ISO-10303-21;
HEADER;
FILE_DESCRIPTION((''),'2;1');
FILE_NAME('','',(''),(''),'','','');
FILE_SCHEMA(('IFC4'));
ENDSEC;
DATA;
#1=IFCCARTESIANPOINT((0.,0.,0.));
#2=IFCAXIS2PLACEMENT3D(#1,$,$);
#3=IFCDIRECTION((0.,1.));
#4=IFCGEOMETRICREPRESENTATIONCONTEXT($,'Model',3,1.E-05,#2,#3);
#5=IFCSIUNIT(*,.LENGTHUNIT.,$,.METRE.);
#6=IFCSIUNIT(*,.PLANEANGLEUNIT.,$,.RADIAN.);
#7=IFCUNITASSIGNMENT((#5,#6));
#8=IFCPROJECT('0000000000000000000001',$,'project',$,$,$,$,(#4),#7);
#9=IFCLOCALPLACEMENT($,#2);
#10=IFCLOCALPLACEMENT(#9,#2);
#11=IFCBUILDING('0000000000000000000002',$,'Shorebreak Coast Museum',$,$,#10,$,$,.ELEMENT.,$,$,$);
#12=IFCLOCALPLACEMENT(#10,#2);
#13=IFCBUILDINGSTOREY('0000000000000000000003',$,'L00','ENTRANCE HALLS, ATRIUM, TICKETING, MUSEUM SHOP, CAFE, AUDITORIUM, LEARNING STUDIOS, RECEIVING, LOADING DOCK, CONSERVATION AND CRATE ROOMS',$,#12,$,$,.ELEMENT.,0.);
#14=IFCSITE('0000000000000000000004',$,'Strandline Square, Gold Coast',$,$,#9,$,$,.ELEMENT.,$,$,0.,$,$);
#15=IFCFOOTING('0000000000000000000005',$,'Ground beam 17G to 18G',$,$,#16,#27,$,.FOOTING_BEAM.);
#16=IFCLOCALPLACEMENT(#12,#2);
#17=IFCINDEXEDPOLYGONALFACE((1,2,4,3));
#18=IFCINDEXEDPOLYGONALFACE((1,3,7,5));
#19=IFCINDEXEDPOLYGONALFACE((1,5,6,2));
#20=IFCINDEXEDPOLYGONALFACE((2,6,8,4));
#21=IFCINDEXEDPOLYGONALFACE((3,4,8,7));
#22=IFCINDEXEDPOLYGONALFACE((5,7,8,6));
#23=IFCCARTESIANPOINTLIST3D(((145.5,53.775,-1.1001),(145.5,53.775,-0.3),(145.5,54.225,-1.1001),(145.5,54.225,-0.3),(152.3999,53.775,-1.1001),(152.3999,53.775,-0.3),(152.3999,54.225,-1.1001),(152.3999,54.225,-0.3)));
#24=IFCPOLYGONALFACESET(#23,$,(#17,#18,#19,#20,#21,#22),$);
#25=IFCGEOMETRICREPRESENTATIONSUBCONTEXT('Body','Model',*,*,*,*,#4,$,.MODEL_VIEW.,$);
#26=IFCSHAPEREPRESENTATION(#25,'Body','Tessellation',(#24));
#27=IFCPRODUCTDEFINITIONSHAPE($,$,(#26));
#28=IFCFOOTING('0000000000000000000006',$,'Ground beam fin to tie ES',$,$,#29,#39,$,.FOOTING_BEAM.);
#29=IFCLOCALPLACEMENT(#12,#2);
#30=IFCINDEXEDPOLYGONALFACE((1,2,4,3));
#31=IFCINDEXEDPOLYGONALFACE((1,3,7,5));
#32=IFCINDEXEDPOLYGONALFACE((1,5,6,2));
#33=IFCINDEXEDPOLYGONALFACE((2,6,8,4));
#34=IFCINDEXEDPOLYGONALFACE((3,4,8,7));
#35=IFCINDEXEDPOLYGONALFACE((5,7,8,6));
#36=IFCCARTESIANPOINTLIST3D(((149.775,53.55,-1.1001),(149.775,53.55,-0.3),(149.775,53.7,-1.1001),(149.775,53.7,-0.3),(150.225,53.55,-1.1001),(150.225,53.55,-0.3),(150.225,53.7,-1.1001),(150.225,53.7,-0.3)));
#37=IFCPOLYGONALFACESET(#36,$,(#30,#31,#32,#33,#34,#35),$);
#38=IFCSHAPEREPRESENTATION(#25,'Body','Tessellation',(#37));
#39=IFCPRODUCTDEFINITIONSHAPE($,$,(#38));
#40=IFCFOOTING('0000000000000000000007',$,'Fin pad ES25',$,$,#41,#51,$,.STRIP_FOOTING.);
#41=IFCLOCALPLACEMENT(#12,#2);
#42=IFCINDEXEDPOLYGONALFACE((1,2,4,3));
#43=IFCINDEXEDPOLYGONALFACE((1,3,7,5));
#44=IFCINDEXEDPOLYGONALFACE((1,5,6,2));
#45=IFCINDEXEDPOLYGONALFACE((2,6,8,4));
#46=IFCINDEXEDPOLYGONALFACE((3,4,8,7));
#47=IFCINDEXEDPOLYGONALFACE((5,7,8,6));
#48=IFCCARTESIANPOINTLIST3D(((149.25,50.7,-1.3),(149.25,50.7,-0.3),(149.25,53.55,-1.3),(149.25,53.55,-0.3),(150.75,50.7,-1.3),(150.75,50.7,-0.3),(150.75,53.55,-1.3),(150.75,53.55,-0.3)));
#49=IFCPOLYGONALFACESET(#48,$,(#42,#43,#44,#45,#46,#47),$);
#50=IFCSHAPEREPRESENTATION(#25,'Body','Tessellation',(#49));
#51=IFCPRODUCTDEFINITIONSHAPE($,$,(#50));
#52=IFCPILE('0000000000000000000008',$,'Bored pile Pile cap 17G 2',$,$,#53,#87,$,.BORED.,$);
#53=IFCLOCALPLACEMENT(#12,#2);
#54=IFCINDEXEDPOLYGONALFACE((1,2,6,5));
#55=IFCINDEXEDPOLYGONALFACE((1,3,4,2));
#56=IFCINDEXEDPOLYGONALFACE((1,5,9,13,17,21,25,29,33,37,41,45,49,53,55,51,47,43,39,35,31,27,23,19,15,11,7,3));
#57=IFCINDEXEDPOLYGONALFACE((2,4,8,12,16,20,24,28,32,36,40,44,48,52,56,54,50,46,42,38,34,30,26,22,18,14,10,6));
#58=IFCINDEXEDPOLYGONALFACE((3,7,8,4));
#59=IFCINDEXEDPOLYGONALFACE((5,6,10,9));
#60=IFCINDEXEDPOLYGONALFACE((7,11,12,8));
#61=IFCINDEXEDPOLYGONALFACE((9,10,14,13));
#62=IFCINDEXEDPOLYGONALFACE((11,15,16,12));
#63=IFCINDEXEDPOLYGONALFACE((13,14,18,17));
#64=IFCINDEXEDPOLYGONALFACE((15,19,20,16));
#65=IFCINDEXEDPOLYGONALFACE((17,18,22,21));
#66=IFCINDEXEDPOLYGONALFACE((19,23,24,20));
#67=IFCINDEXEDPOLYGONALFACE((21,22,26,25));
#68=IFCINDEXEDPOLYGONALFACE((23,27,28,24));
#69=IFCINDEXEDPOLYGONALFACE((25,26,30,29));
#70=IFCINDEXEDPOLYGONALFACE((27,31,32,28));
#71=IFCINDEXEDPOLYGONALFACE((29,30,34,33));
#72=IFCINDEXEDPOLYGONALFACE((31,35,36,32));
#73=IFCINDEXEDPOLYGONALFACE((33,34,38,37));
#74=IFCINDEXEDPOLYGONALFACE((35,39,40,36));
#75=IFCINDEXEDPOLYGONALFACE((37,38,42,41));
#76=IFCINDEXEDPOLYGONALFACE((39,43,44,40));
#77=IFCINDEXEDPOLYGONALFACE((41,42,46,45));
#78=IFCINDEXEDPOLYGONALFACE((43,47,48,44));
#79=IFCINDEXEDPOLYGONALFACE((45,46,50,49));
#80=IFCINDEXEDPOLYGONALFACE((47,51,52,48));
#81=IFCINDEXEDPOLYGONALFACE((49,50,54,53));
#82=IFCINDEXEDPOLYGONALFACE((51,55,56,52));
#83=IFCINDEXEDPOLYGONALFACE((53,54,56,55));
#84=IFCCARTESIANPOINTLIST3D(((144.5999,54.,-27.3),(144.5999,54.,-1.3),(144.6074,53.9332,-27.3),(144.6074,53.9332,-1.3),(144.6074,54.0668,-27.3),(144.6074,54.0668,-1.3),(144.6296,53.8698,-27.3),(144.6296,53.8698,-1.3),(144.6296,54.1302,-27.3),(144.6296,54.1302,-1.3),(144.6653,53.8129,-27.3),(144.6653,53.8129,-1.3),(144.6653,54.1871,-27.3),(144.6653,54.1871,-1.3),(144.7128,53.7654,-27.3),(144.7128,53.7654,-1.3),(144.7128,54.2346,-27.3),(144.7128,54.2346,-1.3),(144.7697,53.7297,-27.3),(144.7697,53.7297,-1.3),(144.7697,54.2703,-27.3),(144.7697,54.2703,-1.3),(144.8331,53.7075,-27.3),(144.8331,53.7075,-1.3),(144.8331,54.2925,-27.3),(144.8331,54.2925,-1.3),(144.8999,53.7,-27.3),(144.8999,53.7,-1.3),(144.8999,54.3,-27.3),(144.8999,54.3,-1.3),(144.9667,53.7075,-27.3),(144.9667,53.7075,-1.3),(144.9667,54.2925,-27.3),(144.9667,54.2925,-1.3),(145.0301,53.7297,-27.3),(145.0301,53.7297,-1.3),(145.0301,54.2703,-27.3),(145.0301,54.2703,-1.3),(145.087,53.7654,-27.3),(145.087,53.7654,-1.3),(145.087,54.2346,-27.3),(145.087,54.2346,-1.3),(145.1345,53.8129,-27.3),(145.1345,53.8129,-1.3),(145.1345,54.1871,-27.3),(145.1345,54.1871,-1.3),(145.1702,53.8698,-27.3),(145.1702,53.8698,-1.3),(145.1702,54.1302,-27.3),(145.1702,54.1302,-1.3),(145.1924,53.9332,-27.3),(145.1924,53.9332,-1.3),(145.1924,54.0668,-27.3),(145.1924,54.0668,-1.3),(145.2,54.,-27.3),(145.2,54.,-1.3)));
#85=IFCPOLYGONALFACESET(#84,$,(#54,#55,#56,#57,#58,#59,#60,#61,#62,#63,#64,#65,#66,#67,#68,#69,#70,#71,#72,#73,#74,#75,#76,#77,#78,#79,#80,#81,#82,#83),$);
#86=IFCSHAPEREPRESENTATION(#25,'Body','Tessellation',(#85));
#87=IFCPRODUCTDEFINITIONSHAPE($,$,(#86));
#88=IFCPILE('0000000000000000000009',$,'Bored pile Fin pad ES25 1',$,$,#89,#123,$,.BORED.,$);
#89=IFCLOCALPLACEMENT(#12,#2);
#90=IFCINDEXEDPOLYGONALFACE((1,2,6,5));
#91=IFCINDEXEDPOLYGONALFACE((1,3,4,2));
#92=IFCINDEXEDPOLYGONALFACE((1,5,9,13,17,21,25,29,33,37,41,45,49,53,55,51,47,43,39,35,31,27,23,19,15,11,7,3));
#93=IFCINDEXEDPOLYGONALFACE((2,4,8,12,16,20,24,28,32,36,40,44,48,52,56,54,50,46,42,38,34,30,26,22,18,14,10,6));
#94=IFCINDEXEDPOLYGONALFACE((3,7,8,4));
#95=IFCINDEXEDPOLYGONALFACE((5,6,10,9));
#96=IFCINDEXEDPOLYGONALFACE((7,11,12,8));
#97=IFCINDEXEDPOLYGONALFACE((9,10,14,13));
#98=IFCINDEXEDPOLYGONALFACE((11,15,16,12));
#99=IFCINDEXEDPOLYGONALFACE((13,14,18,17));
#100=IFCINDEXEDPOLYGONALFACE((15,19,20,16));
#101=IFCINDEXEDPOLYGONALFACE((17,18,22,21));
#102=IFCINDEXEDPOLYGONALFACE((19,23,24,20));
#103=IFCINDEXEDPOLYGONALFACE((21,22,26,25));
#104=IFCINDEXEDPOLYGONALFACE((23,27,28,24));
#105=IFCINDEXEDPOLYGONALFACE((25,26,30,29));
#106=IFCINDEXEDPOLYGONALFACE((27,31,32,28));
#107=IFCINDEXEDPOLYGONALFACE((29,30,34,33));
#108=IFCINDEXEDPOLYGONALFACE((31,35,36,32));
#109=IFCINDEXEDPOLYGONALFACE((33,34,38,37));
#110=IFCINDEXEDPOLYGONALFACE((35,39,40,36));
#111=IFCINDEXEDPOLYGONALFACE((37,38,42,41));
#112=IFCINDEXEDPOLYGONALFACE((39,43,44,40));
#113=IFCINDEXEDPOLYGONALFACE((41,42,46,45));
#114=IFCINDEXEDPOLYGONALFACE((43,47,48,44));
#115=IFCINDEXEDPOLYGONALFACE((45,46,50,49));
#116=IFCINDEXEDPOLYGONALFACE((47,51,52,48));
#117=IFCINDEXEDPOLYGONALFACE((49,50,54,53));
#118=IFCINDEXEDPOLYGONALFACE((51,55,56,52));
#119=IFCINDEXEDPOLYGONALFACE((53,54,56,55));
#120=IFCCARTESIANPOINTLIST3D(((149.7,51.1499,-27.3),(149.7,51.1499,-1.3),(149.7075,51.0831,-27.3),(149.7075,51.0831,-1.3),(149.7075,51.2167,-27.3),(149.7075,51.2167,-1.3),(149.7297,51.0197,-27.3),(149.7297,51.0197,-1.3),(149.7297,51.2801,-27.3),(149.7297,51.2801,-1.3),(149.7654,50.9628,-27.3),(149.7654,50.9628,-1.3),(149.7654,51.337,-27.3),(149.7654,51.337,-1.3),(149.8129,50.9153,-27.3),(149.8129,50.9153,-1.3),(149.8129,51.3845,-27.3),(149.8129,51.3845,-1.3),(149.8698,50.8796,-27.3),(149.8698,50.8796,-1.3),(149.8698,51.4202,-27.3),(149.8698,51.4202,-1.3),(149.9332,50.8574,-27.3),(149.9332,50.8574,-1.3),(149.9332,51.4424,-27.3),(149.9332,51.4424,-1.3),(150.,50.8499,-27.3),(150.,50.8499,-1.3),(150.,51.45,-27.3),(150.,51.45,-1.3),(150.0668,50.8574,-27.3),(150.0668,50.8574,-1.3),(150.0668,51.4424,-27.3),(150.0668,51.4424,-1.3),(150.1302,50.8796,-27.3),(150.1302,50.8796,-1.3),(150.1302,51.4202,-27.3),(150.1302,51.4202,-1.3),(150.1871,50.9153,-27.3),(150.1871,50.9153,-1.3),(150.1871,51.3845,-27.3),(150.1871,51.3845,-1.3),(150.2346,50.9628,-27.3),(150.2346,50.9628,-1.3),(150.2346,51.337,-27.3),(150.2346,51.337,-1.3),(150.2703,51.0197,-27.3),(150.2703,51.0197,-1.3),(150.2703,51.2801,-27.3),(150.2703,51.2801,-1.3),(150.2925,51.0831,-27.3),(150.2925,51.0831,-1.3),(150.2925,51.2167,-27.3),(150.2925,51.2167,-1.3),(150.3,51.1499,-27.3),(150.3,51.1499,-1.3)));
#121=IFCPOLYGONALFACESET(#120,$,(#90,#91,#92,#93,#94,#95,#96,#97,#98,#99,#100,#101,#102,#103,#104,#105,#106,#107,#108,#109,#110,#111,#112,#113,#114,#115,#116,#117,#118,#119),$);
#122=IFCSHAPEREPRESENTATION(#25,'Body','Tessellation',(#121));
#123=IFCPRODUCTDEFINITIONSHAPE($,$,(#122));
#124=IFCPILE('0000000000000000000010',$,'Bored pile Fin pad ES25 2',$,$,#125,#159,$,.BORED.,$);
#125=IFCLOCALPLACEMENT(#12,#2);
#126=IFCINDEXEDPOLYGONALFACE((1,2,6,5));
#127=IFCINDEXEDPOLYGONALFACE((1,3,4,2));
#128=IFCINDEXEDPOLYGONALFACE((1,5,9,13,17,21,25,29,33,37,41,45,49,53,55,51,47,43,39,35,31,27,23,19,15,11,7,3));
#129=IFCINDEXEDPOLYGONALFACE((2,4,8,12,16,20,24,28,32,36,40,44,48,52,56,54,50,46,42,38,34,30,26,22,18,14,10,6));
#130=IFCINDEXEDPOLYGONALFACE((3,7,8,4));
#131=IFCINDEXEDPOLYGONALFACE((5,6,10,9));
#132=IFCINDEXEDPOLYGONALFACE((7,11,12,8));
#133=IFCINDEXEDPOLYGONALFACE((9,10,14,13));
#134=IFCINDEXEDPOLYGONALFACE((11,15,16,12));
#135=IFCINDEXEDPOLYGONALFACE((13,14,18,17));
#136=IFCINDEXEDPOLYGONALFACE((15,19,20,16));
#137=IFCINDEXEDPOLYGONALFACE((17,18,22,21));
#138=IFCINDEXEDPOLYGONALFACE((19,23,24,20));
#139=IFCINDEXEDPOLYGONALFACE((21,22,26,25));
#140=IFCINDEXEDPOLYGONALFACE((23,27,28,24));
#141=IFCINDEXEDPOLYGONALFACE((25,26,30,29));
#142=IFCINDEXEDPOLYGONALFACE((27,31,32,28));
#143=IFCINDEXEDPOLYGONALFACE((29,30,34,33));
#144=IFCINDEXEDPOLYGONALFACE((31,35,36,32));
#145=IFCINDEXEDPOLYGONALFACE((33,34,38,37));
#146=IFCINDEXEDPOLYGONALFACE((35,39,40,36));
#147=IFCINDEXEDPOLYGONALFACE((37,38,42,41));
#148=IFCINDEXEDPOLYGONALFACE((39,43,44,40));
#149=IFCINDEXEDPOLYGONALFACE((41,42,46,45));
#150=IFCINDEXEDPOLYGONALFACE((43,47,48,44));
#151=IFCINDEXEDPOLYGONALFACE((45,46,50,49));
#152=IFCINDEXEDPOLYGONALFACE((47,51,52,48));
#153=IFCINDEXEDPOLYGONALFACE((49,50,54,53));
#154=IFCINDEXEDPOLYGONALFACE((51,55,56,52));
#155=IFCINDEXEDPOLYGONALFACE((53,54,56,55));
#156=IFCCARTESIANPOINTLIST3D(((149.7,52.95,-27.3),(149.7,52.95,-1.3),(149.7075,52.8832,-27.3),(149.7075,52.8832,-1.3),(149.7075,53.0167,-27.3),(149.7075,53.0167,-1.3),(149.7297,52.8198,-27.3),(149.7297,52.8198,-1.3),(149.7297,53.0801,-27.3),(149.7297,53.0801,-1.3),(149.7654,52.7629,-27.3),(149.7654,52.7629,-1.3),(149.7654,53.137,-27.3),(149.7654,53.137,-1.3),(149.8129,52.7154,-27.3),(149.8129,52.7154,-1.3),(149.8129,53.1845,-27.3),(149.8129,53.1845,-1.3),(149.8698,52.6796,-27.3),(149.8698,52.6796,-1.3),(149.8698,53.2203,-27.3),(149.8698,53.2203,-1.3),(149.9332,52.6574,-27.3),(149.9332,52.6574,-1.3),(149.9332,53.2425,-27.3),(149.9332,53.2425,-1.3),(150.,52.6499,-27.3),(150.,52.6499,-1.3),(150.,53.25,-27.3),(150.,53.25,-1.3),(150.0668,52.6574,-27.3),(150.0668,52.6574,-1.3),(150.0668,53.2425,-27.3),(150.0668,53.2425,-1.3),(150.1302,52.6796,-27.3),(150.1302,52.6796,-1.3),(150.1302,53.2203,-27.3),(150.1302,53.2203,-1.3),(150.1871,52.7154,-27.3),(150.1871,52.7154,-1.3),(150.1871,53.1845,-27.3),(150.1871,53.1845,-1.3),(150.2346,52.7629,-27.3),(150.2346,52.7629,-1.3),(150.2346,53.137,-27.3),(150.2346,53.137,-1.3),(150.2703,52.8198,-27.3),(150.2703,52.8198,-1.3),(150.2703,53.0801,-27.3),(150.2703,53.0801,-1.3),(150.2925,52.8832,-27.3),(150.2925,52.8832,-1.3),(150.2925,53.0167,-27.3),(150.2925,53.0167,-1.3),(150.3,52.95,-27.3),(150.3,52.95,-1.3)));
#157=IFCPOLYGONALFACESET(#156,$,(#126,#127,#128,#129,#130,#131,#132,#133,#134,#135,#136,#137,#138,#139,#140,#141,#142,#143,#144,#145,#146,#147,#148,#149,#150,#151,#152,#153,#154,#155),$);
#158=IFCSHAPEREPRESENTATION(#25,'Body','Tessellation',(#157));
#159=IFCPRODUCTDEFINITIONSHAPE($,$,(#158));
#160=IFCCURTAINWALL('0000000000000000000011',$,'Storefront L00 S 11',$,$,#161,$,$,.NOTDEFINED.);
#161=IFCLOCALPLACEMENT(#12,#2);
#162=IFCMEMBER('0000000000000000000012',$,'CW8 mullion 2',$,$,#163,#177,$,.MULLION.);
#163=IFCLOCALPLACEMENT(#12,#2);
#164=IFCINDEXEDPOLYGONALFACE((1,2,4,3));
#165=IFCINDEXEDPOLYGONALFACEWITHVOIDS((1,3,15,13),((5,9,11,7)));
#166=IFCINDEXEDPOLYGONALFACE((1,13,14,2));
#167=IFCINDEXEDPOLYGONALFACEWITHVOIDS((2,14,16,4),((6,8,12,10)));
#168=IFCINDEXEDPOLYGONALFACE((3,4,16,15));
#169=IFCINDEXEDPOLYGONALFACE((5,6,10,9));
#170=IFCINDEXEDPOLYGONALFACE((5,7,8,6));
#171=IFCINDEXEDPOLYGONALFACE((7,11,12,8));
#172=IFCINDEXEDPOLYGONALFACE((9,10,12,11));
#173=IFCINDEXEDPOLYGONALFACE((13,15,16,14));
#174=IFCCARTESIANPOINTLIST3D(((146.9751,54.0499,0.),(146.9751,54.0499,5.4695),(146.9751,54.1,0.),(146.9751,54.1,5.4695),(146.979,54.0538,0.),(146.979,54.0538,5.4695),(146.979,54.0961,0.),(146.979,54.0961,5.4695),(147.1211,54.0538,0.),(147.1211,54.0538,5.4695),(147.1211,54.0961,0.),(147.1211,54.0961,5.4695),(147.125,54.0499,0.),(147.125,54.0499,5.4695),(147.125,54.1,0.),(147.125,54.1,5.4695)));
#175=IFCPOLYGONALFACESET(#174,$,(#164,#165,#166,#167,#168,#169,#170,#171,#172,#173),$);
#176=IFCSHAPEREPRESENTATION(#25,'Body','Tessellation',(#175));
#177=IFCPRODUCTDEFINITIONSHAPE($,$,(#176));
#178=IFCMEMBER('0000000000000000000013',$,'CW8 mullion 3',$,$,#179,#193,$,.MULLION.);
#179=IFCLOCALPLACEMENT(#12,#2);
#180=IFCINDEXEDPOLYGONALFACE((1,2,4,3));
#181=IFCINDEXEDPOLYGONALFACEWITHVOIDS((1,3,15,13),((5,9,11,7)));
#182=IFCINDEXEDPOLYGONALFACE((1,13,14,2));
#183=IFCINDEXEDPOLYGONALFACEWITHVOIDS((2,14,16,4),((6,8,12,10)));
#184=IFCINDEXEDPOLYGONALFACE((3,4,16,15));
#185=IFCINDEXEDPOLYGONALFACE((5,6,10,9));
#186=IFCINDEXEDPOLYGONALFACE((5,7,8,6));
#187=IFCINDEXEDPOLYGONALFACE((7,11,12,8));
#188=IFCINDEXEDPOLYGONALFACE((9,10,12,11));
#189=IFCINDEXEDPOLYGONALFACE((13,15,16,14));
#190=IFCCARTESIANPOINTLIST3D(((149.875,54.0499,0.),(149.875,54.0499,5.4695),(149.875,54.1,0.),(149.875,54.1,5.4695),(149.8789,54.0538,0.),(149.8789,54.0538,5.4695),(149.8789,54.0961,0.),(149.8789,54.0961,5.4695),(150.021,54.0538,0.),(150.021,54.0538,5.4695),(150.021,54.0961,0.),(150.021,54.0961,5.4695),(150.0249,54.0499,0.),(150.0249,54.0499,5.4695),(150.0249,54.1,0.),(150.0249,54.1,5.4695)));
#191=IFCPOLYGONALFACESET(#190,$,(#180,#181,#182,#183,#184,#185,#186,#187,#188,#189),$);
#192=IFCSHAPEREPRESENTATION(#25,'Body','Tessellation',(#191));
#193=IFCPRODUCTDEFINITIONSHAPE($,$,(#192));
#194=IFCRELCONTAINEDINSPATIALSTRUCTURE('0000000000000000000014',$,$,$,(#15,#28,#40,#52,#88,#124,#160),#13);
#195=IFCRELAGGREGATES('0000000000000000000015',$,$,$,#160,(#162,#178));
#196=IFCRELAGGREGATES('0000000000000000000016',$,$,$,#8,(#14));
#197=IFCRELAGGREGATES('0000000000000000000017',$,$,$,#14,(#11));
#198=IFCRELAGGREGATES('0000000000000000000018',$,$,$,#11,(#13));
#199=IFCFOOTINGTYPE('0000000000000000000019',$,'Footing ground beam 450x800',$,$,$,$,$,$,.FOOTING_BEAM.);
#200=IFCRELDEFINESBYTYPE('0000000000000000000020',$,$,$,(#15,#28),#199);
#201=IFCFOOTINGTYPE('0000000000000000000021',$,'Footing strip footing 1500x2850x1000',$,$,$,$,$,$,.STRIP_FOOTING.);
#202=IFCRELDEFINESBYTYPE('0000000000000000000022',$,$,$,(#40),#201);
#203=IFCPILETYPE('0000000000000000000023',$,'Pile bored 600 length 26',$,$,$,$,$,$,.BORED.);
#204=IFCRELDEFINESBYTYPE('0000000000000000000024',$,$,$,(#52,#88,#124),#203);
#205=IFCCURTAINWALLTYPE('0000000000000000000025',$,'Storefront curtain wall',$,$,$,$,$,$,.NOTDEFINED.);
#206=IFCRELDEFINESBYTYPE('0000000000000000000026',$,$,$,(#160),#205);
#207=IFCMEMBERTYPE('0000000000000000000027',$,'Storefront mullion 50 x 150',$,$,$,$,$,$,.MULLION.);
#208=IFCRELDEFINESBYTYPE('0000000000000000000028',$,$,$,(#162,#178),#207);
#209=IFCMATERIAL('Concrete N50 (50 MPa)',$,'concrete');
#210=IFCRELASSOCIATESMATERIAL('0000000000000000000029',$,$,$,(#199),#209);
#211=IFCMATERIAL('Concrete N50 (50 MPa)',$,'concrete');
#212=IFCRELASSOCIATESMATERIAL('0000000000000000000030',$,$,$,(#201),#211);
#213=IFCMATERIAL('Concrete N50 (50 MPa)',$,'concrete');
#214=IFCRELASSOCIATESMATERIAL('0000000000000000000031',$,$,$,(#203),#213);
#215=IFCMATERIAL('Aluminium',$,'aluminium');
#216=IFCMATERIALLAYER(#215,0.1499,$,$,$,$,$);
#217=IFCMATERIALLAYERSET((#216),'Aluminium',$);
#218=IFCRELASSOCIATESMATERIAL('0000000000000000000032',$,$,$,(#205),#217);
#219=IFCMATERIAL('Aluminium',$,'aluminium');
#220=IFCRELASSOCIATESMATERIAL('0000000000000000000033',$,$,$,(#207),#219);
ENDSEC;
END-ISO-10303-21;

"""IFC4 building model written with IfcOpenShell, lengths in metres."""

from ifc_helpers import new_model, si_unit, direction, frame, origin, origin_2d, place, context, subcontext, project, spatial, rectangle, hollow_rectangle, circle, extrude, material, layer, layer_set, material_profile, profile_set, type_object, element, aggregate, save


model = new_model("IFC4")

# Units and contexts
model_context = context("Model", 3, precision=1e-05, world=origin(), true_north=direction((0.0, 1.0)))
body_context = subcontext(model_context, "Body", "Model", "MODEL_VIEW")
ifc_project = project(units=[si_unit("LENGTHUNIT", "METRE"), si_unit("PLANEANGLEUNIT", "RADIAN")], contexts=[model_context])

# Site, building, storey
site_placement = place(None, origin())
site = spatial("IfcSite", under=ifc_project, at=site_placement, Name="Strandline Square, Gold Coast", CompositionType="ELEMENT", RefElevation=0.0)
building_placement = place(site_placement, origin())
building = spatial("IfcBuilding", under=site, at=building_placement, Name="Shorebreak Coast Museum", CompositionType="ELEMENT")
storey_placement = place(building_placement, origin())
storey = spatial("IfcBuildingStorey", under=building, at=storey_placement, Name="L00", Description="ENTRANCE HALLS, ATRIUM, TICKETING, MUSEUM SHOP, CAFE, AUDITORIUM, LEARNING STUDIOS, RECEIVING, LOADING DOCK, CONSERVATION AND CRATE ROOMS", CompositionType="ELEMENT", Elevation=0.0)

# Footings
ifc_material_1 = material(Name="Concrete N50 (50 MPa)", Category="concrete")
footing_type_1 = type_object("IfcFootingType", Name="Footing ground beam 450x800", PredefinedType="FOOTING_BEAM", material=ifc_material_1)
footing_1_placement = place(storey_placement, frame((148.95, 54.0, -1.1001), z_axis=(0.0, 0.0, 1.0), x_axis=(1.0, 0.0, 0.0)))
element("IfcFooting", 1, at=footing_1_placement, inside=storey, type_object=footing_type_1, Name="Ground beam 17G to 18G", PredefinedType="FOOTING_BEAM", context=body_context, shape_type="SweptSolid", body=[
    extrude(rectangle(XDim=6.8999, YDim=0.45, at=origin_2d()), origin(), (0.0, 0.0, 1.0), 0.8),
])
footing_2_placement = place(storey_placement, frame((150.0, 53.625, -1.1001), z_axis=(0.0, 0.0, 1.0), x_axis=(1.0, 0.0, 0.0)))
element("IfcFooting", 2, at=footing_2_placement, inside=storey, type_object=footing_type_1, Name="Ground beam fin to tie ES", PredefinedType="FOOTING_BEAM", context=body_context, shape_type="SweptSolid", body=[
    extrude(rectangle(XDim=0.45, YDim=0.1499, at=origin_2d()), origin(), (0.0, 0.0, 1.0), 0.8),
])
ifc_material_2 = material(Name="Concrete N50 (50 MPa)", Category="concrete")
footing_type_2 = type_object("IfcFootingType", Name="Footing strip footing 1500x2850x1000", PredefinedType="STRIP_FOOTING", material=ifc_material_2)
footing_3_placement = place(storey_placement, frame((150.0, 52.125, -1.3), z_axis=(0.0, 0.0, 1.0), x_axis=(1.0, 0.0, 0.0)))
element("IfcFooting", 3, at=footing_3_placement, inside=storey, type_object=footing_type_2, Name="Fin pad ES25", PredefinedType="STRIP_FOOTING", context=body_context, shape_type="SweptSolid", body=[
    extrude(rectangle(XDim=1.5, YDim=2.8501, at=origin_2d()), origin(), (0.0, 0.0, 1.0), 1.0),
])

# Piles
ifc_material_3 = material(Name="Concrete N50 (50 MPa)", Category="concrete")
ifc_material_profile_1 = material_profile(ifc_material_3, circle(Radius=0.3, at=origin_2d()), Name="Pile bored 600 length 26")
ifc_profile_set_1 = profile_set([ifc_material_profile_1], Name="Concrete N50 (50 MPa)")
pile_type = type_object("IfcPileType", Name="Pile bored 600 length 26", PredefinedType="BORED", material=ifc_profile_set_1)
for number, where, z_axis, x_axis, name in (
    (4, (144.8999, 54.0, -1.3), (0.0, 0.0, -1.0), (1.0, 0.0, 0.0), "Bored pile Pile cap 17G 2"),
    (5, (150.0, 51.1499, -1.3), (0.0, 0.0, -1.0), (1.0, 0.0, 0.0), "Bored pile Fin pad ES25 1"),
    (6, (150.0, 52.95, -1.3), (0.0, 0.0, -1.0), (1.0, 0.0, 0.0), "Bored pile Fin pad ES25 2"),
):
    element("IfcPile", number, at=place(storey_placement, frame(where, z_axis=z_axis, x_axis=x_axis)), inside=storey, type_object=pile_type, Name=name, PredefinedType="BORED", context=body_context, shape_type="SweptSolid", body=[
        extrude(circle(Radius=0.3, at=origin_2d()), origin(), (0.0, 0.0, 1.0), 26.0),
    ])

# Curtain wall, members
ifc_material_4 = material(Name="Aluminium", Category="aluminium")
ifc_layer_1 = layer(ifc_material_4, 0.1499)
ifc_layer_set_1 = layer_set([ifc_layer_1], Name="Aluminium")
curtain_wall_type = type_object("IfcCurtainWallType", Name="Storefront curtain wall", PredefinedType="NOTDEFINED", material=ifc_layer_set_1)
curtain_wall_placement = place(storey_placement, origin())
curtain_wall = element("IfcCurtainWall", 7, at=curtain_wall_placement, inside=storey, type_object=curtain_wall_type, Name="Storefront L00 S 11", PredefinedType="NOTDEFINED")
ifc_material_5 = material(Name="Aluminium", Category="aluminium")
ifc_material_profile_2 = material_profile(ifc_material_5, hollow_rectangle(XDim=0.05, YDim=0.1499, WallThickness=0.0039, at=origin_2d()), Name="AL 150x50 RHS")
ifc_profile_set_2 = profile_set([ifc_material_profile_2], Name="Aluminium")
member_type_1 = type_object("IfcMemberType", Name="Storefront mullion 50 x 150", PredefinedType="MULLION", material=ifc_profile_set_2)
member_1_placement = place(storey_placement, frame((147.05, 54.075, 0.0), z_axis=(0.0, 0.0, 1.0), x_axis=(0.0, 1.0, 0.0)))
member_1 = element("IfcMember", 8, at=member_1_placement, type_object=member_type_1, Name="CW8 mullion 2", PredefinedType="MULLION", context=body_context, shape_type="SweptSolid", body=[
    extrude(hollow_rectangle(XDim=0.05, YDim=0.1499, WallThickness=0.0039, at=origin_2d()), origin(), (0.0, 0.0, 1.0), 5.4695),
])
member_2_placement = place(storey_placement, frame((149.95, 54.075, 0.0), z_axis=(0.0, 0.0, 1.0), x_axis=(0.0, 1.0, 0.0)))
member_2 = element("IfcMember", 9, at=member_2_placement, type_object=member_type_1, Name="CW8 mullion 3", PredefinedType="MULLION", context=body_context, shape_type="SweptSolid", body=[
    extrude(hollow_rectangle(XDim=0.05, YDim=0.1499, WallThickness=0.0039, at=origin_2d()), origin(), (0.0, 0.0, 1.0), 5.4695),
])
aggregate(curtain_wall, [member_1, member_2])

save(model, "model.ifc")
